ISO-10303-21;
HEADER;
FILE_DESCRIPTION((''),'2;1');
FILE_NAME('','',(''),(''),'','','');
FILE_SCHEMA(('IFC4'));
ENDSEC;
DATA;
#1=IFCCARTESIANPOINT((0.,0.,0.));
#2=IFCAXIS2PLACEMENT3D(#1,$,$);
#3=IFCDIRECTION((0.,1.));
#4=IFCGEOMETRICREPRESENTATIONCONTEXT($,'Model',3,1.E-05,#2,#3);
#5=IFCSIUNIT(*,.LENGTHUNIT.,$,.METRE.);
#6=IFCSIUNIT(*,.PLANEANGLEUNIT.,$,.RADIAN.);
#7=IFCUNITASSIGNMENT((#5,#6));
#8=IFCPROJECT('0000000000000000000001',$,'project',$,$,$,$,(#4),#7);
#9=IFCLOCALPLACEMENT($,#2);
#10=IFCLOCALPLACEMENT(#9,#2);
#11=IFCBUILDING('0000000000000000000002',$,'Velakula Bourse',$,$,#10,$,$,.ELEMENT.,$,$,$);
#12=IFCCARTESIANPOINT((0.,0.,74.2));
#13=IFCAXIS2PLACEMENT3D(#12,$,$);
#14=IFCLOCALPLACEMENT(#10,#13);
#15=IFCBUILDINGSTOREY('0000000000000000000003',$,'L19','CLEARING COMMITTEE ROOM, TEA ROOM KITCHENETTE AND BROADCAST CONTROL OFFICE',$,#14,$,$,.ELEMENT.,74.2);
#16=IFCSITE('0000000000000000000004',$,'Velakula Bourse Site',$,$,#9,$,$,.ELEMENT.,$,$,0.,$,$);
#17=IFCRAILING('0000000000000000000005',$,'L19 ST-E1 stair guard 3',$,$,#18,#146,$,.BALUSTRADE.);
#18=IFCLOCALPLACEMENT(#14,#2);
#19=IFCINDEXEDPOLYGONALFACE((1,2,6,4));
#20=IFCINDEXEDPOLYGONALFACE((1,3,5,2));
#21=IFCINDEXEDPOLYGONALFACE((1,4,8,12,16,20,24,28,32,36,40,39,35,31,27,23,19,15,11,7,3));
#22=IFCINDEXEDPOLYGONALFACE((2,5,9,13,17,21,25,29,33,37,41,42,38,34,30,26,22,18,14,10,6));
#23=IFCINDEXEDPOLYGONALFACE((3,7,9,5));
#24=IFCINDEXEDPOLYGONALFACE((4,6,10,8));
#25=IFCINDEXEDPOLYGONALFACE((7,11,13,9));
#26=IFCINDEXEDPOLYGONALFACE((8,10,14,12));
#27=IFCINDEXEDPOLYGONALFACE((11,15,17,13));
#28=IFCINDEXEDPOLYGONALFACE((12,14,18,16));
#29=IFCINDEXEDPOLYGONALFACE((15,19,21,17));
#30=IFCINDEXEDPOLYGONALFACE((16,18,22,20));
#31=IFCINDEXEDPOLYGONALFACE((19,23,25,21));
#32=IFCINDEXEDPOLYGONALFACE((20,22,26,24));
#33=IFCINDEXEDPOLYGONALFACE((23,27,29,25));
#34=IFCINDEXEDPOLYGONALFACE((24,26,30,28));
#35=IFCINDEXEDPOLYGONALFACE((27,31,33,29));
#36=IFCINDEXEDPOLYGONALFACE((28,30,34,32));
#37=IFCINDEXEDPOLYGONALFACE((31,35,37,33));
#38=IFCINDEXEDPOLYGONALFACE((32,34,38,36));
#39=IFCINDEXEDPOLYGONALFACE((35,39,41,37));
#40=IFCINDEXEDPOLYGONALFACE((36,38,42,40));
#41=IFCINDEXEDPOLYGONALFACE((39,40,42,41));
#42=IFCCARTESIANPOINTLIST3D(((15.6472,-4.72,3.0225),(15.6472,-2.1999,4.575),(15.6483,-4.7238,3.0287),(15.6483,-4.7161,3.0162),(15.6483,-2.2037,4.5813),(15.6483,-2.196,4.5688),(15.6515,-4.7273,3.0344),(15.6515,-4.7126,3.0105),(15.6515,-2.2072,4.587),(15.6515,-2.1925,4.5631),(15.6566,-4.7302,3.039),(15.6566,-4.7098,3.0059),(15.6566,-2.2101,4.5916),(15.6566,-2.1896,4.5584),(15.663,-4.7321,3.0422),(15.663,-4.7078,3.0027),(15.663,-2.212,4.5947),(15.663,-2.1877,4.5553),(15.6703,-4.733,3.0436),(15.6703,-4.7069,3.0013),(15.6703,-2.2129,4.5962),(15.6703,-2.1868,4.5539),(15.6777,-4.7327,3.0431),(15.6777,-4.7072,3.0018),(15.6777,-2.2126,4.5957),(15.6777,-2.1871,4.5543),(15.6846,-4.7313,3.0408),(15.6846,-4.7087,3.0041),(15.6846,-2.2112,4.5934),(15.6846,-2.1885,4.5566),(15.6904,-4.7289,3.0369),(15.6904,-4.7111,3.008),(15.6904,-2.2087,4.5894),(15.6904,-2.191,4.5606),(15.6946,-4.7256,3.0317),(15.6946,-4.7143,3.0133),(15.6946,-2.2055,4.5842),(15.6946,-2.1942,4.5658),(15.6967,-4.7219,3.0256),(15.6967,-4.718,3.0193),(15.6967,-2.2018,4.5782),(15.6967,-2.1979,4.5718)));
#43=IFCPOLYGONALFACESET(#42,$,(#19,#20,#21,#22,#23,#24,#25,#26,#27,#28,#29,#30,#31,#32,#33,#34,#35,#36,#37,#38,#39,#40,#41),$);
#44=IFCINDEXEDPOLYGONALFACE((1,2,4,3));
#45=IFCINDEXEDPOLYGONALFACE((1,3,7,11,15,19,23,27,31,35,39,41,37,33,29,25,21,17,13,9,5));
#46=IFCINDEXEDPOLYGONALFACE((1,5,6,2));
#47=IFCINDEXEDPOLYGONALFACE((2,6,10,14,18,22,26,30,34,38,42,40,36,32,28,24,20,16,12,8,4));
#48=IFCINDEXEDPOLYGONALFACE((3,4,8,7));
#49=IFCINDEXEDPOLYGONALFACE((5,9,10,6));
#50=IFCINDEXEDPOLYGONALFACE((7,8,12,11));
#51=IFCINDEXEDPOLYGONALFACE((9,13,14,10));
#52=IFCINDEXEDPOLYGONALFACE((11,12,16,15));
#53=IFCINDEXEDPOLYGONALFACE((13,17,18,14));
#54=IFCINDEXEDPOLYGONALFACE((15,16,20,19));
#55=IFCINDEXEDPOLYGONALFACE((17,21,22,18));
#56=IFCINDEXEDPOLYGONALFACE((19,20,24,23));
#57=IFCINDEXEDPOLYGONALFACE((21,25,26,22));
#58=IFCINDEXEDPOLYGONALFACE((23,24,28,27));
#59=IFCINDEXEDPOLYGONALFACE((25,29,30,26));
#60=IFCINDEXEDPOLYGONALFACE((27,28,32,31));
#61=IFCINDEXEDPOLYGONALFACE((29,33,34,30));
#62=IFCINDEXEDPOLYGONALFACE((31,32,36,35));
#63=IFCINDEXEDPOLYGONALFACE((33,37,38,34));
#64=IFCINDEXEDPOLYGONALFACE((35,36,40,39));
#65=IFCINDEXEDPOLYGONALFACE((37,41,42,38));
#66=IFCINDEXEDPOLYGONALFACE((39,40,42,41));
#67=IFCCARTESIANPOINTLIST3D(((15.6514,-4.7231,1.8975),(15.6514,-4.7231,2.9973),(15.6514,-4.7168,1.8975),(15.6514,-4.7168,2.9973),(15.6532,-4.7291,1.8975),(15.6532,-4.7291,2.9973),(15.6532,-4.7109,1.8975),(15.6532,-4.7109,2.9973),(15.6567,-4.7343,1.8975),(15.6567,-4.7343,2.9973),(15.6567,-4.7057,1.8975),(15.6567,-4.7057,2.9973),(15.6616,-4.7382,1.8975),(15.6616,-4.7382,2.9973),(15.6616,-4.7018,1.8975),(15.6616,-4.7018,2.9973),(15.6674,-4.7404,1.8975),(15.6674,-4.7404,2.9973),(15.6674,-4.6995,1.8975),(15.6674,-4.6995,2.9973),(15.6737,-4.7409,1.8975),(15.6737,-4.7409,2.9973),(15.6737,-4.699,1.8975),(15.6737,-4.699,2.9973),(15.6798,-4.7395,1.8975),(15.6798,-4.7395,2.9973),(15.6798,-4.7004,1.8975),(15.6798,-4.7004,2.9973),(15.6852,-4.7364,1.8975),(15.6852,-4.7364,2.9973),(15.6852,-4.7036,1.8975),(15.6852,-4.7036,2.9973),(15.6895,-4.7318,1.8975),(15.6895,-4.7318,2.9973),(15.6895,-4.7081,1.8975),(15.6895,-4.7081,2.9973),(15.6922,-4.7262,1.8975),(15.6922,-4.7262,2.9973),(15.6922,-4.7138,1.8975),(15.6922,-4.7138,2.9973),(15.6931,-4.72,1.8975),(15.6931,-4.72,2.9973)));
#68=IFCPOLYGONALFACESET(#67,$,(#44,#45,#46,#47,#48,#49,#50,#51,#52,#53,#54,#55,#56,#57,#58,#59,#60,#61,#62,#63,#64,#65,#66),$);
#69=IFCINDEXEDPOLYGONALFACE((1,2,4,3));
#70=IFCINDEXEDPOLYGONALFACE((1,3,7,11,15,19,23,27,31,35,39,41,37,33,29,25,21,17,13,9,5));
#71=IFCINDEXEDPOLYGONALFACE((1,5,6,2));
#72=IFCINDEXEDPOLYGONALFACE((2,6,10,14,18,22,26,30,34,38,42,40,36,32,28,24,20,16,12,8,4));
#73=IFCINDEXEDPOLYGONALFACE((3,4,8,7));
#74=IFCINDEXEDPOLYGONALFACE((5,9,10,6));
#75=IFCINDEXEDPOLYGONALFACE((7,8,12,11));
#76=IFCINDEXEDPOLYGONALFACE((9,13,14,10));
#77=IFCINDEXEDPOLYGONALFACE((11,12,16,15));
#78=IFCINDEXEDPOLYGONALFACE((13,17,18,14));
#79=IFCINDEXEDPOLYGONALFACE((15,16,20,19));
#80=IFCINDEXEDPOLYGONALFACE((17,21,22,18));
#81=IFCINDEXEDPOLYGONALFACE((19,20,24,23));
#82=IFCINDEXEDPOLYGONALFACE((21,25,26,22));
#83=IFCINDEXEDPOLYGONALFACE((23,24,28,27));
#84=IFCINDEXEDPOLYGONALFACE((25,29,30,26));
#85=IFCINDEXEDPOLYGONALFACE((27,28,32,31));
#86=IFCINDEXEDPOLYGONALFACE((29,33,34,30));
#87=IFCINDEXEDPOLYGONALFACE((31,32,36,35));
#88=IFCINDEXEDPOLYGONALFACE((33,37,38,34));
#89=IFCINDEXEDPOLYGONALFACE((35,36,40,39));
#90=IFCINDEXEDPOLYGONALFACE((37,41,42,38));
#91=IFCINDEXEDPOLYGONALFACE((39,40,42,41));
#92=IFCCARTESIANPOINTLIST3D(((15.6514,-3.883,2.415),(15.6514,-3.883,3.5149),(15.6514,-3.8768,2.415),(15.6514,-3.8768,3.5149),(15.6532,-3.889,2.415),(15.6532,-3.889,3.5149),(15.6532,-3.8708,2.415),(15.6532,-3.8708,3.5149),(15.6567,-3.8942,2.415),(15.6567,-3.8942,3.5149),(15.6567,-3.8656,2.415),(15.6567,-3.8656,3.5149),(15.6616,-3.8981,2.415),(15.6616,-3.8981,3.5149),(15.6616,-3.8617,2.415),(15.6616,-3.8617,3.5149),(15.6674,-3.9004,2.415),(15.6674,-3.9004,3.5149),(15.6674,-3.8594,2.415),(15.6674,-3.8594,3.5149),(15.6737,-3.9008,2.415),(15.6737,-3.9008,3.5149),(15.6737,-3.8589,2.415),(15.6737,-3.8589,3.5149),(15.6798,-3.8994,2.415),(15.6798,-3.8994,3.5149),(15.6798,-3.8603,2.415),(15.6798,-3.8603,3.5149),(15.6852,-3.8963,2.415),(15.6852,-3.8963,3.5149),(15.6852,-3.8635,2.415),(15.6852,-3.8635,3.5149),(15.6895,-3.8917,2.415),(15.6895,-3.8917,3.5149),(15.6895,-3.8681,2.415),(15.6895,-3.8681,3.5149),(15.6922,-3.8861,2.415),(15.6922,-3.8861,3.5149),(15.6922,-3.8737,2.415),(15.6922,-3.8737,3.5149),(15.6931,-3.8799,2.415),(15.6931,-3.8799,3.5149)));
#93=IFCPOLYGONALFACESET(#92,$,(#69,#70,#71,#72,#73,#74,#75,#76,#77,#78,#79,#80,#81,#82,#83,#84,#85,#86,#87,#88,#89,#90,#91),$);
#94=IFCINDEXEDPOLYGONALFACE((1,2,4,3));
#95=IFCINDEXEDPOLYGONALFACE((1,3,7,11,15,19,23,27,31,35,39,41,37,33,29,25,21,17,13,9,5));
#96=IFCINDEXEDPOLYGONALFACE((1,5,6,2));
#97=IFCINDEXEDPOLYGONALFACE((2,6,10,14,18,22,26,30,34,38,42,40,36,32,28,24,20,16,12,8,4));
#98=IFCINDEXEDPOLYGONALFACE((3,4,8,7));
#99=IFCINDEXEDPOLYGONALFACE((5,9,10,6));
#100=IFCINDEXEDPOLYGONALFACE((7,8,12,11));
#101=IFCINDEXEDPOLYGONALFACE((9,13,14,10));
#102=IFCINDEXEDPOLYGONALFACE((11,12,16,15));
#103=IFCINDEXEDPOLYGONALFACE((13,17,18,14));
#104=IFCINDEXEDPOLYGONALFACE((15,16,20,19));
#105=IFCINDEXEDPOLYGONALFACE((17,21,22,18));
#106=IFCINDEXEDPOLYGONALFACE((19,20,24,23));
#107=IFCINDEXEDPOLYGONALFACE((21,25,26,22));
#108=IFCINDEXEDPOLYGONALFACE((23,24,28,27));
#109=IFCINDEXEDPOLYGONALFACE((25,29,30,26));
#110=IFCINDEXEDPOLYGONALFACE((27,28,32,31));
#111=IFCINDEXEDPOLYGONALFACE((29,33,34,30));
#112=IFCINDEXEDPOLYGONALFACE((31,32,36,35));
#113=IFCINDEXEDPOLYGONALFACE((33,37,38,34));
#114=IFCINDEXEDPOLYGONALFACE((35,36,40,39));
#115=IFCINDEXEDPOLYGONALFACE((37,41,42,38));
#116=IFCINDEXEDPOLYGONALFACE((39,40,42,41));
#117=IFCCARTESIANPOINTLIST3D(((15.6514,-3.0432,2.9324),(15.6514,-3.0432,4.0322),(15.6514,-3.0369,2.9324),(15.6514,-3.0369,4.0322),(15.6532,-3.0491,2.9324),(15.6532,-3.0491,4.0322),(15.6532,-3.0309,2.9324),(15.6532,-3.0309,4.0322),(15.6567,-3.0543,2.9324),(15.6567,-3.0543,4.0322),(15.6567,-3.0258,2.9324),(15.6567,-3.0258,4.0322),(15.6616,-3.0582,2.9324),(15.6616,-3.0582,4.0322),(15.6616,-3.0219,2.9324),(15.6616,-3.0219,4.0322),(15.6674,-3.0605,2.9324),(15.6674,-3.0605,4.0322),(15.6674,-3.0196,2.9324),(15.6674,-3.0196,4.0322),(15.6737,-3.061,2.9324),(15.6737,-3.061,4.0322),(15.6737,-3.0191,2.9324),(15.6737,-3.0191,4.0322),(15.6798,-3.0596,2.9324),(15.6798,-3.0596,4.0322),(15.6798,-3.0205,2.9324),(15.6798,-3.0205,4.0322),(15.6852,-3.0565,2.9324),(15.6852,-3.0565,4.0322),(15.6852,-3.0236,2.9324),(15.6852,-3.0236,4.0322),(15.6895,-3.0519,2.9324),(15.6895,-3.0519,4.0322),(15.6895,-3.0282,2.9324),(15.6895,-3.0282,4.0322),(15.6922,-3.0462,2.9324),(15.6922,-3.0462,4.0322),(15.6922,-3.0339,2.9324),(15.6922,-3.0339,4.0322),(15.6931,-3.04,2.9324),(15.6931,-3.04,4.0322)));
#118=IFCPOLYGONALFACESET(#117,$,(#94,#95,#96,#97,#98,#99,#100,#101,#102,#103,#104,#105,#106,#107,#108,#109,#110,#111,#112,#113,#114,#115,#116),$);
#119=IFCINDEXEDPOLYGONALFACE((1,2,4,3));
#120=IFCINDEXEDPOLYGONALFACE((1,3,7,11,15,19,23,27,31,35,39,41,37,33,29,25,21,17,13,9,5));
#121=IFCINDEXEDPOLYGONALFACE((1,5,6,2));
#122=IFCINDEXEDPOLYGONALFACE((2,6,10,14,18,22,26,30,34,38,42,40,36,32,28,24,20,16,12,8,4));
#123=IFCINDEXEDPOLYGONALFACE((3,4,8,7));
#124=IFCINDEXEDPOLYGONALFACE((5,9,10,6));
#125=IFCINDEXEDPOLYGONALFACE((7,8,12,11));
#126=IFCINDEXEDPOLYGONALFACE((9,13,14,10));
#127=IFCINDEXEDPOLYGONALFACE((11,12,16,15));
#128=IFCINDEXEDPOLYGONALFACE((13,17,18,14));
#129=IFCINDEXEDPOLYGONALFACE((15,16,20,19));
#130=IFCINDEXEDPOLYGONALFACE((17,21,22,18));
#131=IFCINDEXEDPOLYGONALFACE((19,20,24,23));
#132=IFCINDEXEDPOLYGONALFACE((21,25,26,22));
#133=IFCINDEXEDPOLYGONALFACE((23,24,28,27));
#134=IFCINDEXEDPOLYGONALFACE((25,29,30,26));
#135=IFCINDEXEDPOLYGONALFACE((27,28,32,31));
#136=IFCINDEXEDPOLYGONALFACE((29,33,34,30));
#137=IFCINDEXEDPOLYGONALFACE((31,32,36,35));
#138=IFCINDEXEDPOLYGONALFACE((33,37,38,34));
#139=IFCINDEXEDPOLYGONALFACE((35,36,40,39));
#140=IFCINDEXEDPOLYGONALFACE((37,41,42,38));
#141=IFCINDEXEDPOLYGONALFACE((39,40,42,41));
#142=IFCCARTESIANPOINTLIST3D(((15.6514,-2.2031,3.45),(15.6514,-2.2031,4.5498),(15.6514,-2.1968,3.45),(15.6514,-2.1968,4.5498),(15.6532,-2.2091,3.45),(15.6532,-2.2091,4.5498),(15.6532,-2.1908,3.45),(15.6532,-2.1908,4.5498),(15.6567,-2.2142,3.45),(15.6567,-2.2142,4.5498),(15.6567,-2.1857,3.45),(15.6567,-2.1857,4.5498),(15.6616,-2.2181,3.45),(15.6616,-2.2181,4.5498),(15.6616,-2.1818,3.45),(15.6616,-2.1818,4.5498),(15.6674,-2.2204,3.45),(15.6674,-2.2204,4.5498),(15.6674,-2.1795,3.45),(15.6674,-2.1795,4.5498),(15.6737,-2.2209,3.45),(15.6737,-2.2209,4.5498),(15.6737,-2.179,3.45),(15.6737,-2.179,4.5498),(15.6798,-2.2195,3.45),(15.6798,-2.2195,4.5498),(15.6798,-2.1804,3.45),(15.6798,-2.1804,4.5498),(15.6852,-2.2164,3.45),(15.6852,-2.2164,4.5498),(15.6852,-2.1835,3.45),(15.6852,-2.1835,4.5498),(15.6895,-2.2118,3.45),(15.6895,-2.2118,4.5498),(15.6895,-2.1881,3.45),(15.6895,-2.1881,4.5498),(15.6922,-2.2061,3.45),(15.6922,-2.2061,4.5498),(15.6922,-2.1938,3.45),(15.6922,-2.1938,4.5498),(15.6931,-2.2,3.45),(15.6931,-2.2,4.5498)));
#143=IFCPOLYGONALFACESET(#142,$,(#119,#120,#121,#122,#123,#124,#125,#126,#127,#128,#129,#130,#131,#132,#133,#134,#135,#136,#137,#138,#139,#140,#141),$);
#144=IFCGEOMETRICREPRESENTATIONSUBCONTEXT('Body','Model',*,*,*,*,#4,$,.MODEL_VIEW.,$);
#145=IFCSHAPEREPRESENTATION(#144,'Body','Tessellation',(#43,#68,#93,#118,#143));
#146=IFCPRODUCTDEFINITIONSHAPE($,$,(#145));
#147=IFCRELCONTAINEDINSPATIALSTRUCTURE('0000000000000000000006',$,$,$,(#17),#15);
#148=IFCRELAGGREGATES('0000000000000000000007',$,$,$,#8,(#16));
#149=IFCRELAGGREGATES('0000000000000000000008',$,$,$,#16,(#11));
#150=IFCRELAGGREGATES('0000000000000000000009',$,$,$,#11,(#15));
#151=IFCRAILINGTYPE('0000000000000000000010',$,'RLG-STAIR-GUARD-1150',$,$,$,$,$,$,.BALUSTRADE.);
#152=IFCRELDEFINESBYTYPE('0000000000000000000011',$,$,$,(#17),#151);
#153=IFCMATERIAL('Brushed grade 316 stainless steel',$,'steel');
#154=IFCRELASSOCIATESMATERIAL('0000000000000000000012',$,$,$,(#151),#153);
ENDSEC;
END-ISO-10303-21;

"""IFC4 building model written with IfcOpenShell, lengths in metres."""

from ifc_helpers import new_model, si_unit, direction, frame, origin, origin_2d, place, context, subcontext, project, spatial, circle, extrude, material, type_object, element, save


model = new_model("IFC4")

# Units and contexts
model_context = context("Model", 3, precision=1e-05, world=origin(), true_north=direction((0.0, 1.0)))
body_context = subcontext(model_context, "Body", "Model", "MODEL_VIEW")
ifc_project = project(units=[si_unit("LENGTHUNIT", "METRE"), si_unit("PLANEANGLEUNIT", "RADIAN")], contexts=[model_context])

# Site, building, storey
site_placement = place(None, origin())
site = spatial("IfcSite", under=ifc_project, at=site_placement, Name="Velakula Bourse Site", CompositionType="ELEMENT", RefElevation=0.0)
building_placement = place(site_placement, origin())
building = spatial("IfcBuilding", under=site, at=building_placement, Name="Velakula Bourse", CompositionType="ELEMENT")
storey_placement = place(building_placement, frame((0.0, 0.0, 74.2)))
storey = spatial("IfcBuildingStorey", under=building, at=storey_placement, Name="L19", Description="CLEARING COMMITTEE ROOM, TEA ROOM KITCHENETTE AND BROADCAST CONTROL OFFICE", CompositionType="ELEMENT", Elevation=74.2)

# Shared definitions
ifc_material_1 = material(Name="Brushed grade 316 stainless steel", Category="steel")

# Railing
railing_type_1 = type_object("IfcRailingType", Name="RLG-STAIR-GUARD-1150", PredefinedType="BALUSTRADE", material=ifc_material_1)
railing_1_placement = place(storey_placement, frame((15.6721, -4.72, 1.8975)))
element("IfcRailing", 1, at=railing_1_placement, inside=storey, type_object=railing_type_1, Name="L19 ST-E1 stair guard 3", PredefinedType="BALUSTRADE", context=body_context, shape_type="SweptSolid", body=[
    extrude(circle(Radius=0.0249, at=origin_2d()), frame((0.0, 0.0, 1.125), z_axis=(0.0, 0.8514, 0.524516), x_axis=(-1.0, 0.0, 0.0)), (0.0, 0.0, 1.0), 2.96),
    extrude(circle(Radius=0.021, at=origin_2d()), origin(), (0.0, 0.0, 1.0), 1.0999),
    extrude(circle(Radius=0.021, at=origin_2d()), frame((0.0, 0.8401, 0.5176)), (0.0, 0.0, 1.0), 1.0999),
    extrude(circle(Radius=0.021, at=origin_2d()), frame((0.0, 1.6799, 1.0349)), (0.0, 0.0, 1.0), 1.0999),
    extrude(circle(Radius=0.021, at=origin_2d()), frame((0.0, 2.52, 1.5525)), (0.0, 0.0, 1.0), 1.0999),
])

save(model, "model.ifc")
